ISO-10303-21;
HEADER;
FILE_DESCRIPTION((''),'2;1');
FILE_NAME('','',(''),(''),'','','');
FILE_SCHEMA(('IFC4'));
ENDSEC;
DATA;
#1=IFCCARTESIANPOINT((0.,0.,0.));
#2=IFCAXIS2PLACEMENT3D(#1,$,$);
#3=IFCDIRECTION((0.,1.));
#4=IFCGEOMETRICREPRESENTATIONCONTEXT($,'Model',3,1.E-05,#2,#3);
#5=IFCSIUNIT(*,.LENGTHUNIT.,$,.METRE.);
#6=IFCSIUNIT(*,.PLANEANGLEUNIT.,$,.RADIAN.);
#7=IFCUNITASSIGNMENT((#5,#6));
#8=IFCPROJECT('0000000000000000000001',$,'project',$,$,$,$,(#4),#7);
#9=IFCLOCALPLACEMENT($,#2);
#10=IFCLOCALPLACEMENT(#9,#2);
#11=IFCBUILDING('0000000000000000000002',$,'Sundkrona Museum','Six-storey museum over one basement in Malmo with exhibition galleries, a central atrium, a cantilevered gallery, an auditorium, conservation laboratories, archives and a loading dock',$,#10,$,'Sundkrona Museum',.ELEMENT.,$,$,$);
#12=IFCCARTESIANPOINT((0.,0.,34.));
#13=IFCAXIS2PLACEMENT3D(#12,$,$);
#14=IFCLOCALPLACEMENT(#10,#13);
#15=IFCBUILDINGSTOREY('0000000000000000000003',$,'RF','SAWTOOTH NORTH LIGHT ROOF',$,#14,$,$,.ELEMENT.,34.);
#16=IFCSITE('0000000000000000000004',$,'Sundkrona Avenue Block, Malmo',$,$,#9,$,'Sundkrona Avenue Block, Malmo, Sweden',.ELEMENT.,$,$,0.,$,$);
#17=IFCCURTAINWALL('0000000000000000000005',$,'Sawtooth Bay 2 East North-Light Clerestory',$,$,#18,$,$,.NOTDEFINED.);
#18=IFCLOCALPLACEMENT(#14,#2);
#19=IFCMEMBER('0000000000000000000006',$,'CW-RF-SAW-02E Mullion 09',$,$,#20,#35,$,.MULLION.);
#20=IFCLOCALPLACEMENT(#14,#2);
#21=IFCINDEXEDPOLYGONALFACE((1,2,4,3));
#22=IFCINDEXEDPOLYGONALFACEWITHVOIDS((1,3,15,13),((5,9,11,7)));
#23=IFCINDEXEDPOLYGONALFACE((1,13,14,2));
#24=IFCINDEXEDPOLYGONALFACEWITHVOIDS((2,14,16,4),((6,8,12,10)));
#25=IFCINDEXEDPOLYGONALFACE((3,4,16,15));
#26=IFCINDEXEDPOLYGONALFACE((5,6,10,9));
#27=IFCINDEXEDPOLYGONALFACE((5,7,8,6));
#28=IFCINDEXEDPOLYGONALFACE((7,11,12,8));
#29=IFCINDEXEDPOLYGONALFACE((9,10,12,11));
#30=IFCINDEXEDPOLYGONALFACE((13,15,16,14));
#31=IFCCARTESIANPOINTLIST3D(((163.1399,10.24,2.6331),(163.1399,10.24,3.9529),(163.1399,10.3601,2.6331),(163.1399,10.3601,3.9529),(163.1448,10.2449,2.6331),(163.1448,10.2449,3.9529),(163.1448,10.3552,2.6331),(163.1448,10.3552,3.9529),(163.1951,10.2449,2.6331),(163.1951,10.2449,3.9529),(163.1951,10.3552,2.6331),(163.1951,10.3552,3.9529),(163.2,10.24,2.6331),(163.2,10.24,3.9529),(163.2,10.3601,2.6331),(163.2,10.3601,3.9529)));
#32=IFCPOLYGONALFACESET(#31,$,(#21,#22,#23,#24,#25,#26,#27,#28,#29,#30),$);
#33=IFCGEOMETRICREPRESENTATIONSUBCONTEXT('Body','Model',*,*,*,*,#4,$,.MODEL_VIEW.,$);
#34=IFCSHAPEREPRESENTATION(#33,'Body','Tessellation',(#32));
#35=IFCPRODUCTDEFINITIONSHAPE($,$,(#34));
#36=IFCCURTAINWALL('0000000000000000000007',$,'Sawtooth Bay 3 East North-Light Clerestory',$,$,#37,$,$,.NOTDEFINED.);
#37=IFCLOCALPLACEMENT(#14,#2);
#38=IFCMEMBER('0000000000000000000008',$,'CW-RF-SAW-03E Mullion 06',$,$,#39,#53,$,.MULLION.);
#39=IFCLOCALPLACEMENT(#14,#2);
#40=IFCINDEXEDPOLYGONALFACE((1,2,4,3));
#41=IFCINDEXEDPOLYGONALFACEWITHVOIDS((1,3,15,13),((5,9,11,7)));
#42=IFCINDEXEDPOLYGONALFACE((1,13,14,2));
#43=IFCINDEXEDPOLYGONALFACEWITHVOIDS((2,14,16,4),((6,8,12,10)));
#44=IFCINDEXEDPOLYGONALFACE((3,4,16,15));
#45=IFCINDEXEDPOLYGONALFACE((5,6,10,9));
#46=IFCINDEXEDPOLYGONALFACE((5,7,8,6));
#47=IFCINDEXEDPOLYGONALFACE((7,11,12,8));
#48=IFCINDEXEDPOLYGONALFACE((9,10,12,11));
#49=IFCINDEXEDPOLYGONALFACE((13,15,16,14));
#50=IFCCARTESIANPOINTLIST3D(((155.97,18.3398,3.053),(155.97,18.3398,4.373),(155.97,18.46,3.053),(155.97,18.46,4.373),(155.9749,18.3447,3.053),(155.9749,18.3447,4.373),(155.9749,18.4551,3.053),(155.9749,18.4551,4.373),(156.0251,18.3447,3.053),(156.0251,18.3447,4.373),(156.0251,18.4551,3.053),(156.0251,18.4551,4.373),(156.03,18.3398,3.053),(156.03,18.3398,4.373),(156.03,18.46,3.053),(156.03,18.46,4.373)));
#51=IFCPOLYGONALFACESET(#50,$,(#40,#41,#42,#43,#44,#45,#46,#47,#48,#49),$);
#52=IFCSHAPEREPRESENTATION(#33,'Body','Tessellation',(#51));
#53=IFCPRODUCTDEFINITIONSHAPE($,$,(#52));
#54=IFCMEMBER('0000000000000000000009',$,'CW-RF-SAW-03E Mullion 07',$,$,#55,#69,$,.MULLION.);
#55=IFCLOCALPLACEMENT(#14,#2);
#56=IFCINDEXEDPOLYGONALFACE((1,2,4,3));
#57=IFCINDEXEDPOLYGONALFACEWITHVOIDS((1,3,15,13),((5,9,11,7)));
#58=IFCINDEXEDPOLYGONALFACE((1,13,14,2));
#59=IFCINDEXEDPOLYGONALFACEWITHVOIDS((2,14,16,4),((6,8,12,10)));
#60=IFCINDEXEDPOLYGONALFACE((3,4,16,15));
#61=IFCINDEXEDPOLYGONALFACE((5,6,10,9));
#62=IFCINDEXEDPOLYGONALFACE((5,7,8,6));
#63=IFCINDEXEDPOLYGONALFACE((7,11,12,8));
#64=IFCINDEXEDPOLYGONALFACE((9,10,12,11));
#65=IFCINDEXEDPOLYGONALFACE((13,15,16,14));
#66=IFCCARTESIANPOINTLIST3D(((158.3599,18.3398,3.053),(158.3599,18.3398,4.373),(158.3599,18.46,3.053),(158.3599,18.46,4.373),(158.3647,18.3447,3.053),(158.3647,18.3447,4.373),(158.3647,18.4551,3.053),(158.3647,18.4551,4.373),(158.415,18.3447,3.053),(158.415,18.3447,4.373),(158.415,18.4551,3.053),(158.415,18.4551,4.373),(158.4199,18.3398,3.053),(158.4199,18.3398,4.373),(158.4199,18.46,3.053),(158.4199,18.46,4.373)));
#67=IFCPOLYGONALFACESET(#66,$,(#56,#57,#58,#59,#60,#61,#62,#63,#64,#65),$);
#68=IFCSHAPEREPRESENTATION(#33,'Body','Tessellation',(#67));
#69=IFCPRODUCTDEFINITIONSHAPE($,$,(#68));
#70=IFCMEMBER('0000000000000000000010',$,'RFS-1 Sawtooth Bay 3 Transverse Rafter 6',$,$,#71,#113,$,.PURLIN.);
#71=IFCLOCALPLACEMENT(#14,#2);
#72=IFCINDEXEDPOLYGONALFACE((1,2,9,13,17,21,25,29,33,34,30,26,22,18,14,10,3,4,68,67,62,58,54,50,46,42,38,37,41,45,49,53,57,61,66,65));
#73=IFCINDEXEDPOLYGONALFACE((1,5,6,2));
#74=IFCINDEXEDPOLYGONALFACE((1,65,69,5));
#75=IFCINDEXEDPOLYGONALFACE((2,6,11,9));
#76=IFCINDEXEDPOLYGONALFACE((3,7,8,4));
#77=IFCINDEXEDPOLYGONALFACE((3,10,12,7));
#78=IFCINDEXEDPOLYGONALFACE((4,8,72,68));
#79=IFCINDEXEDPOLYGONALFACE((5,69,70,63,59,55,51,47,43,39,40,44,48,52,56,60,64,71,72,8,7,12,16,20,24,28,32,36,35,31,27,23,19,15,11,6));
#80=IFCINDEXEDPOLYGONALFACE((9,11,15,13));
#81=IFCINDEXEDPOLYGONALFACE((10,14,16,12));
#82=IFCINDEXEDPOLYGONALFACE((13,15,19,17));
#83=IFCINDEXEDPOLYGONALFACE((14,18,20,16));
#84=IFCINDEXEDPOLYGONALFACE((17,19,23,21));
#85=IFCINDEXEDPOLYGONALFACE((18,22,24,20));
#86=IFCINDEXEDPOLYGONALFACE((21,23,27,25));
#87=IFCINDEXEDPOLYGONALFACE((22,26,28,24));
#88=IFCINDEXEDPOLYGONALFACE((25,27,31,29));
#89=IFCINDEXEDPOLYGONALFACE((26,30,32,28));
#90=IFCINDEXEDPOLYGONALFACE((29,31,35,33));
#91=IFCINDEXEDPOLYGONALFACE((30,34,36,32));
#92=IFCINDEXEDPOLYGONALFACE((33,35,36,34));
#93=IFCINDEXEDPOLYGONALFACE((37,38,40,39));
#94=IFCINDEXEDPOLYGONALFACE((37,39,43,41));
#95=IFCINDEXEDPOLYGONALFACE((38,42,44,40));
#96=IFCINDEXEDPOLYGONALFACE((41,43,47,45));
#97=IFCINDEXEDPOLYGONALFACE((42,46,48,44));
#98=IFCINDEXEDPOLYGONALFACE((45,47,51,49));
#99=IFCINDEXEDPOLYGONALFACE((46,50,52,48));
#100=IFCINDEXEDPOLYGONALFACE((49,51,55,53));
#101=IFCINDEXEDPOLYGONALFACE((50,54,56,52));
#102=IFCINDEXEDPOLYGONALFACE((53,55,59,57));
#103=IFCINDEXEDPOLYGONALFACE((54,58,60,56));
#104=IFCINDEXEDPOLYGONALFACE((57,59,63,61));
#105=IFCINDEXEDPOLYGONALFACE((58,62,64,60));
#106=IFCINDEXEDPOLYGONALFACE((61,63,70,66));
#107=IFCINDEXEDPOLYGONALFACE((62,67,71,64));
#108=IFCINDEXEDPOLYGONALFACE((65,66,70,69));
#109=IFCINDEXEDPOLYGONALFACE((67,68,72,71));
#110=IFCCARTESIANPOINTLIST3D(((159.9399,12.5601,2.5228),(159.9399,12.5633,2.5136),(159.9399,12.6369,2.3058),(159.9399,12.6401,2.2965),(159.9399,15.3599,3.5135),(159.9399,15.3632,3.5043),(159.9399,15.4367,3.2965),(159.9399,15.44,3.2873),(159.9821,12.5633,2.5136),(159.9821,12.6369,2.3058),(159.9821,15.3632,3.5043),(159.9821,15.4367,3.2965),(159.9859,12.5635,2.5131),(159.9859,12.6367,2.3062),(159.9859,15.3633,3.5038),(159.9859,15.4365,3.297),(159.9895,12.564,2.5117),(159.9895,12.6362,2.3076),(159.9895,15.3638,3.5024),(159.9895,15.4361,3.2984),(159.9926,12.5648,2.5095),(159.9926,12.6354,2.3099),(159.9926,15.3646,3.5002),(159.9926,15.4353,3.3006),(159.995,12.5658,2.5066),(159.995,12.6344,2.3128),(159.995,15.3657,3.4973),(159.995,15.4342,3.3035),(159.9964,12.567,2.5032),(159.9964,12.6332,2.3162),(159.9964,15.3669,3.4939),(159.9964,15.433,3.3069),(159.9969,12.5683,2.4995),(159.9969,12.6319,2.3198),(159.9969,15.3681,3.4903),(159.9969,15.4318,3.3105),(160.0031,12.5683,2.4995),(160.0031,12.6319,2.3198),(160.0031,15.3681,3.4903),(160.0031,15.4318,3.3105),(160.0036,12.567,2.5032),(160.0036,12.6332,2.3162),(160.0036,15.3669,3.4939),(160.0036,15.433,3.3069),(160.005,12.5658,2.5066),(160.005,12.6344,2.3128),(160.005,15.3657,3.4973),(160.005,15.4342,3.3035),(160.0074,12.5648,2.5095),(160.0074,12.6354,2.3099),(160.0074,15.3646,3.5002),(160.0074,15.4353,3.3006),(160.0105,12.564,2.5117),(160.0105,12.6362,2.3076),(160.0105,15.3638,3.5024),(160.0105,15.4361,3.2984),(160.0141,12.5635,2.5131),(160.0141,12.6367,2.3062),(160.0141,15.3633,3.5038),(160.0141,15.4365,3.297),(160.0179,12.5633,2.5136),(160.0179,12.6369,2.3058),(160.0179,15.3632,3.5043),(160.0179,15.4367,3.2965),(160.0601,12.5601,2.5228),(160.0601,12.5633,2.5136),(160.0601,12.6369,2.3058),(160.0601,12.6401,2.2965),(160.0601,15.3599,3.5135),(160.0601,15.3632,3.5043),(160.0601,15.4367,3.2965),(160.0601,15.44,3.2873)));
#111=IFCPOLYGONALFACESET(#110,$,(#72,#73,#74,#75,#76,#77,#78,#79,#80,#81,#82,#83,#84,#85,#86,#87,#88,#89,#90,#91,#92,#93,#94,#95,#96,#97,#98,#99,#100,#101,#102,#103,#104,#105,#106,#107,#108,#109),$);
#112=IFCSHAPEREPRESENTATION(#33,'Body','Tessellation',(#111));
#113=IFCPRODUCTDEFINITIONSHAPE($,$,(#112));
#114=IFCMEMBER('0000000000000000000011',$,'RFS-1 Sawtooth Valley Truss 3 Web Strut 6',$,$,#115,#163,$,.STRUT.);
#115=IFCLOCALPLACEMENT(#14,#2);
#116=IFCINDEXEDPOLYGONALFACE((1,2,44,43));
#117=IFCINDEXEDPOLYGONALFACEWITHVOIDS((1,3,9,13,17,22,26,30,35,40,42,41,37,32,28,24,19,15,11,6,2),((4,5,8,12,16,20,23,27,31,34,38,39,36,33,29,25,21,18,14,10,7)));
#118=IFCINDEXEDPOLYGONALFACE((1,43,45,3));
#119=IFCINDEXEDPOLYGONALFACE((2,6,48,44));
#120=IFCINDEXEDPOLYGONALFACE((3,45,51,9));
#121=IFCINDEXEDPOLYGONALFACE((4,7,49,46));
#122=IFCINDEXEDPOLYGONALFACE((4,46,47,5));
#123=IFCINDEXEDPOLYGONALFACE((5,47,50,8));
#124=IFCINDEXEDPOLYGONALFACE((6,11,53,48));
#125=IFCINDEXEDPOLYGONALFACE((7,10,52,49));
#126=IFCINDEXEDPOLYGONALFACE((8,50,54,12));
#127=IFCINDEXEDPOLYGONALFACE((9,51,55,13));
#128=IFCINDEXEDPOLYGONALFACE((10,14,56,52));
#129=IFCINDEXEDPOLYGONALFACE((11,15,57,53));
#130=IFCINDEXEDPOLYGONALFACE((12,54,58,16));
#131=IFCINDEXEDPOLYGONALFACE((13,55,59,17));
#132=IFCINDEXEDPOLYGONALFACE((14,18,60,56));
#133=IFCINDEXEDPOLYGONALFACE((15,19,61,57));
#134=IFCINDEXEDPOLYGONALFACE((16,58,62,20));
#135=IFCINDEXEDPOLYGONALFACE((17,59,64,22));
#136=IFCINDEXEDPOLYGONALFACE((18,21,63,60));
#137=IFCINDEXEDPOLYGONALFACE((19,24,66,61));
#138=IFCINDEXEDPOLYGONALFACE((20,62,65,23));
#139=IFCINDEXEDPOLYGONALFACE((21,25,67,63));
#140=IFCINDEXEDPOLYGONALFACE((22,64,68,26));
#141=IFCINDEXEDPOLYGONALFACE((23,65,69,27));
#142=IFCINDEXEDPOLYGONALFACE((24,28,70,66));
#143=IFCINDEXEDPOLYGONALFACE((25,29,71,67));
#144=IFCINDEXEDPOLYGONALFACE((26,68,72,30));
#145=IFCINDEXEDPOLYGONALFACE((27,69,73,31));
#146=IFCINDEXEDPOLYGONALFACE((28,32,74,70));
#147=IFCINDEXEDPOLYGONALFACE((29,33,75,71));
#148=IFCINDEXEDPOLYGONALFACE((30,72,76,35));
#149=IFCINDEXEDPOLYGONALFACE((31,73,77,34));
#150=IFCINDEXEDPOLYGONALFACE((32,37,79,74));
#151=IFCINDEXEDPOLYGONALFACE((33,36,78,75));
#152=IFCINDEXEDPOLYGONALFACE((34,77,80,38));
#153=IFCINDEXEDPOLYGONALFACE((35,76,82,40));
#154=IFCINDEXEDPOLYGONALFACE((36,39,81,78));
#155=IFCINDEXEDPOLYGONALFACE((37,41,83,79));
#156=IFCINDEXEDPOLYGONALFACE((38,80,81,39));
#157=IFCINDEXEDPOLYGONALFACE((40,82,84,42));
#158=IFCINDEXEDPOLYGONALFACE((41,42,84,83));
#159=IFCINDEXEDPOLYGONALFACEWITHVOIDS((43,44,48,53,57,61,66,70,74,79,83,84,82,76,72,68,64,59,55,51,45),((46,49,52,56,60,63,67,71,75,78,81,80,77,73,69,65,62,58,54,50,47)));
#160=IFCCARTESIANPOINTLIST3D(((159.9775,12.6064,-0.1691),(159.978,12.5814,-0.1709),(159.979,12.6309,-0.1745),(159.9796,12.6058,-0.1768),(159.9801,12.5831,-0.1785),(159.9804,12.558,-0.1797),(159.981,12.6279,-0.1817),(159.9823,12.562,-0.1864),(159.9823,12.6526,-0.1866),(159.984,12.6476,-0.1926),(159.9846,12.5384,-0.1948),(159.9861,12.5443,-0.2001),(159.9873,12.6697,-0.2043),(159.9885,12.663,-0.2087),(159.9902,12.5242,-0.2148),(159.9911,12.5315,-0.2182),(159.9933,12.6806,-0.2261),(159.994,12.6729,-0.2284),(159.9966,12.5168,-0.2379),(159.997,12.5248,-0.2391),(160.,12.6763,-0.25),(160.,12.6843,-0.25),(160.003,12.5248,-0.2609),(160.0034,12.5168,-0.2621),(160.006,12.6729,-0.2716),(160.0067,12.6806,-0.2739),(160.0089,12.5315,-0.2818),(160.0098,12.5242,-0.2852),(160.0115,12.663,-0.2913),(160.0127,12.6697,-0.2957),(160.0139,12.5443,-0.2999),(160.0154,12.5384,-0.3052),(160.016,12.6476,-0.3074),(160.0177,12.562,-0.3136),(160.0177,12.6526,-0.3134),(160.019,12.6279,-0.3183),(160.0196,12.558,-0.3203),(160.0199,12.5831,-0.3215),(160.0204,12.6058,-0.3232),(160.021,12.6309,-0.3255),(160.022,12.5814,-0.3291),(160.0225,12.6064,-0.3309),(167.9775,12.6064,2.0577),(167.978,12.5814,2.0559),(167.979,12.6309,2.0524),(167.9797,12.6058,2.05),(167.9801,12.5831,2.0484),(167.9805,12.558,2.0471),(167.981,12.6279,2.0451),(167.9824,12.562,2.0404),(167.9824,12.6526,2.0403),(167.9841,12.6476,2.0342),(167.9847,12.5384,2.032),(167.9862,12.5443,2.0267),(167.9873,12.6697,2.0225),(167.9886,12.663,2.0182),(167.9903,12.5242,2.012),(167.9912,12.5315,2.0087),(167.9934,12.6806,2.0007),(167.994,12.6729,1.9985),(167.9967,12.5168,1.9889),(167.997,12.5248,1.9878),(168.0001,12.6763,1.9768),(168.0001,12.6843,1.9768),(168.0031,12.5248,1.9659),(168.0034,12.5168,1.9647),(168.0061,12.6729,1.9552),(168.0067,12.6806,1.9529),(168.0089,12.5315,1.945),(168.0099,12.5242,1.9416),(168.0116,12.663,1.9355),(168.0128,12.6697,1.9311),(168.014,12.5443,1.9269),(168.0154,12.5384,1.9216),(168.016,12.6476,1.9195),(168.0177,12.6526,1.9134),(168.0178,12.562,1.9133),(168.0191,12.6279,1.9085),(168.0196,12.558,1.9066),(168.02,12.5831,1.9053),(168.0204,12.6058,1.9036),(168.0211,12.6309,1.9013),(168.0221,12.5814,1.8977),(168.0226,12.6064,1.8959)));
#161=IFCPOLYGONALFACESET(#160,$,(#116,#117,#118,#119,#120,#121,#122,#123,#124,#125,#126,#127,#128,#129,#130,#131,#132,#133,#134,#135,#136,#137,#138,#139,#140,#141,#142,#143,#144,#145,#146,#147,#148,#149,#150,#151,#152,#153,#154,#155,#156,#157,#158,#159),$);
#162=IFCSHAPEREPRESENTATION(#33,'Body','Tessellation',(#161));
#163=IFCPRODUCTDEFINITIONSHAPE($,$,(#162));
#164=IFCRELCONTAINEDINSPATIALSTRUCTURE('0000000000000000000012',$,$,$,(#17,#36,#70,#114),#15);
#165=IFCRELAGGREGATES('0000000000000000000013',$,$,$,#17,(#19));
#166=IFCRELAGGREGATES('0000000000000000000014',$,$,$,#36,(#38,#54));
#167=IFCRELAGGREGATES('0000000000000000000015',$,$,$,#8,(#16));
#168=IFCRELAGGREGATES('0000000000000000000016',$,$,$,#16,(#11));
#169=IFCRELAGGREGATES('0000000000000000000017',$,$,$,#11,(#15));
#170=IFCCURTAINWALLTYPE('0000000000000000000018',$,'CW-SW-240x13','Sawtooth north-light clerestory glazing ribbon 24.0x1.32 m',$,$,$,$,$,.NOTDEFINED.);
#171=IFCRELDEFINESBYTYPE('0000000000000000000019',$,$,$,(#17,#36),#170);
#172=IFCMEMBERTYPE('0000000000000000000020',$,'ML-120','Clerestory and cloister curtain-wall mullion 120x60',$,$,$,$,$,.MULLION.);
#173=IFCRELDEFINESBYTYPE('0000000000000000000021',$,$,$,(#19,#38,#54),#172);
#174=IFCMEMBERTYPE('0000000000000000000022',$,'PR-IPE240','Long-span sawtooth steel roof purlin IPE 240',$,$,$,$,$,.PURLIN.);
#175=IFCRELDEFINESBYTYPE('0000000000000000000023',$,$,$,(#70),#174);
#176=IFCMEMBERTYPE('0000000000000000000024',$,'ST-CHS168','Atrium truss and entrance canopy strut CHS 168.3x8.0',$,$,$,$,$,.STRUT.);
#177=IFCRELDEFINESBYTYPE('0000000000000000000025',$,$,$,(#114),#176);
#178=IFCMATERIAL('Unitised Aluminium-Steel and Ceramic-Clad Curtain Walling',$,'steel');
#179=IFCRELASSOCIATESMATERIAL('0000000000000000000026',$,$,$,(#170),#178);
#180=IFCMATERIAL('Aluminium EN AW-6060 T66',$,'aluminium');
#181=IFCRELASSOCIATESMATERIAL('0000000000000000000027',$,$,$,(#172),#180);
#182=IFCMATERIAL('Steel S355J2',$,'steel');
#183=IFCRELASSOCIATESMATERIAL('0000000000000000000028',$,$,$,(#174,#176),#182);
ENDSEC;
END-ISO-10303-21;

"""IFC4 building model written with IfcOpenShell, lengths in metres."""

from ifc_helpers import new_model, si_unit, direction, frame, origin, origin_2d, place, context, subcontext, project, spatial, hollow_rectangle, hollow_circle, i_section, extrude, material, material_profile, profile_set, type_object, element, aggregate, save


model = new_model("IFC4")

# Units and contexts
model_context = context("Model", 3, precision=1e-05, world=origin(), true_north=direction((0.0, 1.0)))
body_context = subcontext(model_context, "Body", "Model", "MODEL_VIEW")
ifc_project = project(units=[si_unit("LENGTHUNIT", "METRE"), si_unit("PLANEANGLEUNIT", "RADIAN")], contexts=[model_context])

# Site, building, storey
site_placement = place(None, origin())
site = spatial("IfcSite", under=ifc_project, at=site_placement, Name="Sundkrona Avenue Block, Malmo", LongName="Sundkrona Avenue Block, Malmo, Sweden", CompositionType="ELEMENT", RefElevation=0.0)
building_placement = place(site_placement, origin())
building = spatial("IfcBuilding", under=site, at=building_placement, Name="Sundkrona Museum", Description="Six-storey museum over one basement in Malmo with exhibition galleries, a central atrium, a cantilevered gallery, an auditorium, conservation laboratories, archives and a loading dock", LongName="Sundkrona Museum", CompositionType="ELEMENT")
storey_placement = place(building_placement, frame((0.0, 0.0, 34.0)))
storey = spatial("IfcBuildingStorey", under=building, at=storey_placement, Name="RF", Description="SAWTOOTH NORTH LIGHT ROOF", CompositionType="ELEMENT", Elevation=34.0)

# Curtain wall, member
ifc_material_1 = material(Name="Unitised Aluminium-Steel and Ceramic-Clad Curtain Walling", Category="steel")
curtain_wall_type = type_object("IfcCurtainWallType", Name="CW-SW-240x13", Description="Sawtooth north-light clerestory glazing ribbon 24.0x1.32 m", PredefinedType="NOTDEFINED", material=ifc_material_1)
curtain_wall_1_placement = place(storey_placement, origin())
curtain_wall_1 = element("IfcCurtainWall", 1, at=curtain_wall_1_placement, inside=storey, type_object=curtain_wall_type, Name="Sawtooth Bay 2 East North-Light Clerestory", PredefinedType="NOTDEFINED")
ifc_material_2 = material(Name="Aluminium EN AW-6060 T66", Category="aluminium")
ifc_material_profile_1 = material_profile(ifc_material_2, hollow_rectangle(XDim=0.0601, YDim=0.1201, WallThickness=0.0049, at=origin_2d()), Name="RHS 120x60x5.0")
ifc_profile_set_1 = profile_set([ifc_material_profile_1], Name="Aluminium EN AW-6060 T66")
member_type_1 = type_object("IfcMemberType", Name="ML-120", Description="Clerestory and cloister curtain-wall mullion 120x60", PredefinedType="MULLION", material=ifc_profile_set_1)
member_1_placement = place(storey_placement, frame((163.1699, 10.3, 2.6331), z_axis=(0.0, 0.0, 1.0), x_axis=(1.0, 0.0, 0.0)))
member_1 = element("IfcMember", 2, at=member_1_placement, type_object=member_type_1, Name="CW-RF-SAW-02E Mullion 09", PredefinedType="MULLION", context=body_context, shape_type="SweptSolid", body=[
    extrude(hollow_rectangle(XDim=0.0601, YDim=0.1201, WallThickness=0.0049, at=origin_2d()), origin(), (0.0, 0.0, 1.0), 1.3198),
])

# Curtain wall, members
curtain_wall_2_placement = place(storey_placement, origin())
curtain_wall_2 = element("IfcCurtainWall", 3, at=curtain_wall_2_placement, inside=storey, type_object=curtain_wall_type, Name="Sawtooth Bay 3 East North-Light Clerestory", PredefinedType="NOTDEFINED")
member_2_placement = place(storey_placement, frame((156.0, 18.3999, 3.053), z_axis=(0.0, 0.0, 1.0), x_axis=(1.0, 0.0, 0.0)))
member_2 = element("IfcMember", 4, at=member_2_placement, type_object=member_type_1, Name="CW-RF-SAW-03E Mullion 06", PredefinedType="MULLION", context=body_context, shape_type="SweptSolid", body=[
    extrude(hollow_rectangle(XDim=0.0601, YDim=0.1201, WallThickness=0.0049, at=origin_2d()), origin(), (0.0, 0.0, 1.0), 1.3201),
])
member_3_placement = place(storey_placement, frame((158.3899, 18.3999, 3.053), z_axis=(0.0, 0.0, 1.0), x_axis=(1.0, 0.0, 0.0)))
member_3 = element("IfcMember", 5, at=member_3_placement, type_object=member_type_1, Name="CW-RF-SAW-03E Mullion 07", PredefinedType="MULLION", context=body_context, shape_type="SweptSolid", body=[
    extrude(hollow_rectangle(XDim=0.0601, YDim=0.1201, WallThickness=0.0049, at=origin_2d()), origin(), (0.0, 0.0, 1.0), 1.3201),
])

# Members
ifc_material_3 = material(Name="Steel S355J2", Category="steel")
ifc_material_profile_2 = material_profile(ifc_material_3, i_section(OverallWidth=0.1201, OverallDepth=0.24, WebThickness=0.0061, FlangeThickness=0.0098, FilletRadius=0.0149, at=origin_2d()), Name="IPE 240")
ifc_profile_set_2 = profile_set([ifc_material_profile_2], Name="Steel S355J2")
member_type_2 = type_object("IfcMemberType", Name="PR-IPE240", Description="Long-span sawtooth steel roof purlin IPE 240", PredefinedType="PURLIN", material=ifc_profile_set_2)
member_4_placement = place(storey_placement, frame((160.0, 12.6001, 2.4097), z_axis=(0.0, 0.94272, 0.333585), x_axis=(-1.0, 0.0, 0.0)))
element("IfcMember", 6, at=member_4_placement, inside=storey, type_object=member_type_2, Name="RFS-1 Sawtooth Bay 3 Transverse Rafter 6", PredefinedType="PURLIN", context=body_context, shape_type="SweptSolid", body=[
    extrude(i_section(OverallWidth=0.1201, OverallDepth=0.24, WebThickness=0.0061, FlangeThickness=0.0098, FilletRadius=0.0149, at=origin_2d()), origin(), (0.0, 0.0, 1.0), 2.97),
])
ifc_material_profile_3 = material_profile(ifc_material_3, hollow_circle(Radius=0.0842, WallThickness=0.0081, at=origin_2d()), Name="CHS 168.3x8.0")
ifc_profile_set_3 = profile_set([ifc_material_profile_3], Name="Steel S355J2")
member_type_3 = type_object("IfcMemberType", Name="ST-CHS168", Description="Atrium truss and entrance canopy strut CHS 168.3x8.0", PredefinedType="STRUT", material=ifc_profile_set_3)
member_5_placement = place(storey_placement, frame((160.0, 12.6001, -0.25), z_axis=(0.963375, 0.0, 0.268156), x_axis=(0.0, 1.0, 0.0)))
element("IfcMember", 7, at=member_5_placement, inside=storey, type_object=member_type_3, Name="RFS-1 Sawtooth Valley Truss 3 Web Strut 6", PredefinedType="STRUT", context=body_context, shape_type="SweptSolid", body=[
    extrude(hollow_circle(Radius=0.0842, WallThickness=0.0081, at=origin_2d()), origin(), (0.0, 0.0, 1.0), 8.3042),
])

aggregate(curtain_wall_1, [member_1])
aggregate(curtain_wall_2, [member_2, member_3])

save(model, "model.ifc")
